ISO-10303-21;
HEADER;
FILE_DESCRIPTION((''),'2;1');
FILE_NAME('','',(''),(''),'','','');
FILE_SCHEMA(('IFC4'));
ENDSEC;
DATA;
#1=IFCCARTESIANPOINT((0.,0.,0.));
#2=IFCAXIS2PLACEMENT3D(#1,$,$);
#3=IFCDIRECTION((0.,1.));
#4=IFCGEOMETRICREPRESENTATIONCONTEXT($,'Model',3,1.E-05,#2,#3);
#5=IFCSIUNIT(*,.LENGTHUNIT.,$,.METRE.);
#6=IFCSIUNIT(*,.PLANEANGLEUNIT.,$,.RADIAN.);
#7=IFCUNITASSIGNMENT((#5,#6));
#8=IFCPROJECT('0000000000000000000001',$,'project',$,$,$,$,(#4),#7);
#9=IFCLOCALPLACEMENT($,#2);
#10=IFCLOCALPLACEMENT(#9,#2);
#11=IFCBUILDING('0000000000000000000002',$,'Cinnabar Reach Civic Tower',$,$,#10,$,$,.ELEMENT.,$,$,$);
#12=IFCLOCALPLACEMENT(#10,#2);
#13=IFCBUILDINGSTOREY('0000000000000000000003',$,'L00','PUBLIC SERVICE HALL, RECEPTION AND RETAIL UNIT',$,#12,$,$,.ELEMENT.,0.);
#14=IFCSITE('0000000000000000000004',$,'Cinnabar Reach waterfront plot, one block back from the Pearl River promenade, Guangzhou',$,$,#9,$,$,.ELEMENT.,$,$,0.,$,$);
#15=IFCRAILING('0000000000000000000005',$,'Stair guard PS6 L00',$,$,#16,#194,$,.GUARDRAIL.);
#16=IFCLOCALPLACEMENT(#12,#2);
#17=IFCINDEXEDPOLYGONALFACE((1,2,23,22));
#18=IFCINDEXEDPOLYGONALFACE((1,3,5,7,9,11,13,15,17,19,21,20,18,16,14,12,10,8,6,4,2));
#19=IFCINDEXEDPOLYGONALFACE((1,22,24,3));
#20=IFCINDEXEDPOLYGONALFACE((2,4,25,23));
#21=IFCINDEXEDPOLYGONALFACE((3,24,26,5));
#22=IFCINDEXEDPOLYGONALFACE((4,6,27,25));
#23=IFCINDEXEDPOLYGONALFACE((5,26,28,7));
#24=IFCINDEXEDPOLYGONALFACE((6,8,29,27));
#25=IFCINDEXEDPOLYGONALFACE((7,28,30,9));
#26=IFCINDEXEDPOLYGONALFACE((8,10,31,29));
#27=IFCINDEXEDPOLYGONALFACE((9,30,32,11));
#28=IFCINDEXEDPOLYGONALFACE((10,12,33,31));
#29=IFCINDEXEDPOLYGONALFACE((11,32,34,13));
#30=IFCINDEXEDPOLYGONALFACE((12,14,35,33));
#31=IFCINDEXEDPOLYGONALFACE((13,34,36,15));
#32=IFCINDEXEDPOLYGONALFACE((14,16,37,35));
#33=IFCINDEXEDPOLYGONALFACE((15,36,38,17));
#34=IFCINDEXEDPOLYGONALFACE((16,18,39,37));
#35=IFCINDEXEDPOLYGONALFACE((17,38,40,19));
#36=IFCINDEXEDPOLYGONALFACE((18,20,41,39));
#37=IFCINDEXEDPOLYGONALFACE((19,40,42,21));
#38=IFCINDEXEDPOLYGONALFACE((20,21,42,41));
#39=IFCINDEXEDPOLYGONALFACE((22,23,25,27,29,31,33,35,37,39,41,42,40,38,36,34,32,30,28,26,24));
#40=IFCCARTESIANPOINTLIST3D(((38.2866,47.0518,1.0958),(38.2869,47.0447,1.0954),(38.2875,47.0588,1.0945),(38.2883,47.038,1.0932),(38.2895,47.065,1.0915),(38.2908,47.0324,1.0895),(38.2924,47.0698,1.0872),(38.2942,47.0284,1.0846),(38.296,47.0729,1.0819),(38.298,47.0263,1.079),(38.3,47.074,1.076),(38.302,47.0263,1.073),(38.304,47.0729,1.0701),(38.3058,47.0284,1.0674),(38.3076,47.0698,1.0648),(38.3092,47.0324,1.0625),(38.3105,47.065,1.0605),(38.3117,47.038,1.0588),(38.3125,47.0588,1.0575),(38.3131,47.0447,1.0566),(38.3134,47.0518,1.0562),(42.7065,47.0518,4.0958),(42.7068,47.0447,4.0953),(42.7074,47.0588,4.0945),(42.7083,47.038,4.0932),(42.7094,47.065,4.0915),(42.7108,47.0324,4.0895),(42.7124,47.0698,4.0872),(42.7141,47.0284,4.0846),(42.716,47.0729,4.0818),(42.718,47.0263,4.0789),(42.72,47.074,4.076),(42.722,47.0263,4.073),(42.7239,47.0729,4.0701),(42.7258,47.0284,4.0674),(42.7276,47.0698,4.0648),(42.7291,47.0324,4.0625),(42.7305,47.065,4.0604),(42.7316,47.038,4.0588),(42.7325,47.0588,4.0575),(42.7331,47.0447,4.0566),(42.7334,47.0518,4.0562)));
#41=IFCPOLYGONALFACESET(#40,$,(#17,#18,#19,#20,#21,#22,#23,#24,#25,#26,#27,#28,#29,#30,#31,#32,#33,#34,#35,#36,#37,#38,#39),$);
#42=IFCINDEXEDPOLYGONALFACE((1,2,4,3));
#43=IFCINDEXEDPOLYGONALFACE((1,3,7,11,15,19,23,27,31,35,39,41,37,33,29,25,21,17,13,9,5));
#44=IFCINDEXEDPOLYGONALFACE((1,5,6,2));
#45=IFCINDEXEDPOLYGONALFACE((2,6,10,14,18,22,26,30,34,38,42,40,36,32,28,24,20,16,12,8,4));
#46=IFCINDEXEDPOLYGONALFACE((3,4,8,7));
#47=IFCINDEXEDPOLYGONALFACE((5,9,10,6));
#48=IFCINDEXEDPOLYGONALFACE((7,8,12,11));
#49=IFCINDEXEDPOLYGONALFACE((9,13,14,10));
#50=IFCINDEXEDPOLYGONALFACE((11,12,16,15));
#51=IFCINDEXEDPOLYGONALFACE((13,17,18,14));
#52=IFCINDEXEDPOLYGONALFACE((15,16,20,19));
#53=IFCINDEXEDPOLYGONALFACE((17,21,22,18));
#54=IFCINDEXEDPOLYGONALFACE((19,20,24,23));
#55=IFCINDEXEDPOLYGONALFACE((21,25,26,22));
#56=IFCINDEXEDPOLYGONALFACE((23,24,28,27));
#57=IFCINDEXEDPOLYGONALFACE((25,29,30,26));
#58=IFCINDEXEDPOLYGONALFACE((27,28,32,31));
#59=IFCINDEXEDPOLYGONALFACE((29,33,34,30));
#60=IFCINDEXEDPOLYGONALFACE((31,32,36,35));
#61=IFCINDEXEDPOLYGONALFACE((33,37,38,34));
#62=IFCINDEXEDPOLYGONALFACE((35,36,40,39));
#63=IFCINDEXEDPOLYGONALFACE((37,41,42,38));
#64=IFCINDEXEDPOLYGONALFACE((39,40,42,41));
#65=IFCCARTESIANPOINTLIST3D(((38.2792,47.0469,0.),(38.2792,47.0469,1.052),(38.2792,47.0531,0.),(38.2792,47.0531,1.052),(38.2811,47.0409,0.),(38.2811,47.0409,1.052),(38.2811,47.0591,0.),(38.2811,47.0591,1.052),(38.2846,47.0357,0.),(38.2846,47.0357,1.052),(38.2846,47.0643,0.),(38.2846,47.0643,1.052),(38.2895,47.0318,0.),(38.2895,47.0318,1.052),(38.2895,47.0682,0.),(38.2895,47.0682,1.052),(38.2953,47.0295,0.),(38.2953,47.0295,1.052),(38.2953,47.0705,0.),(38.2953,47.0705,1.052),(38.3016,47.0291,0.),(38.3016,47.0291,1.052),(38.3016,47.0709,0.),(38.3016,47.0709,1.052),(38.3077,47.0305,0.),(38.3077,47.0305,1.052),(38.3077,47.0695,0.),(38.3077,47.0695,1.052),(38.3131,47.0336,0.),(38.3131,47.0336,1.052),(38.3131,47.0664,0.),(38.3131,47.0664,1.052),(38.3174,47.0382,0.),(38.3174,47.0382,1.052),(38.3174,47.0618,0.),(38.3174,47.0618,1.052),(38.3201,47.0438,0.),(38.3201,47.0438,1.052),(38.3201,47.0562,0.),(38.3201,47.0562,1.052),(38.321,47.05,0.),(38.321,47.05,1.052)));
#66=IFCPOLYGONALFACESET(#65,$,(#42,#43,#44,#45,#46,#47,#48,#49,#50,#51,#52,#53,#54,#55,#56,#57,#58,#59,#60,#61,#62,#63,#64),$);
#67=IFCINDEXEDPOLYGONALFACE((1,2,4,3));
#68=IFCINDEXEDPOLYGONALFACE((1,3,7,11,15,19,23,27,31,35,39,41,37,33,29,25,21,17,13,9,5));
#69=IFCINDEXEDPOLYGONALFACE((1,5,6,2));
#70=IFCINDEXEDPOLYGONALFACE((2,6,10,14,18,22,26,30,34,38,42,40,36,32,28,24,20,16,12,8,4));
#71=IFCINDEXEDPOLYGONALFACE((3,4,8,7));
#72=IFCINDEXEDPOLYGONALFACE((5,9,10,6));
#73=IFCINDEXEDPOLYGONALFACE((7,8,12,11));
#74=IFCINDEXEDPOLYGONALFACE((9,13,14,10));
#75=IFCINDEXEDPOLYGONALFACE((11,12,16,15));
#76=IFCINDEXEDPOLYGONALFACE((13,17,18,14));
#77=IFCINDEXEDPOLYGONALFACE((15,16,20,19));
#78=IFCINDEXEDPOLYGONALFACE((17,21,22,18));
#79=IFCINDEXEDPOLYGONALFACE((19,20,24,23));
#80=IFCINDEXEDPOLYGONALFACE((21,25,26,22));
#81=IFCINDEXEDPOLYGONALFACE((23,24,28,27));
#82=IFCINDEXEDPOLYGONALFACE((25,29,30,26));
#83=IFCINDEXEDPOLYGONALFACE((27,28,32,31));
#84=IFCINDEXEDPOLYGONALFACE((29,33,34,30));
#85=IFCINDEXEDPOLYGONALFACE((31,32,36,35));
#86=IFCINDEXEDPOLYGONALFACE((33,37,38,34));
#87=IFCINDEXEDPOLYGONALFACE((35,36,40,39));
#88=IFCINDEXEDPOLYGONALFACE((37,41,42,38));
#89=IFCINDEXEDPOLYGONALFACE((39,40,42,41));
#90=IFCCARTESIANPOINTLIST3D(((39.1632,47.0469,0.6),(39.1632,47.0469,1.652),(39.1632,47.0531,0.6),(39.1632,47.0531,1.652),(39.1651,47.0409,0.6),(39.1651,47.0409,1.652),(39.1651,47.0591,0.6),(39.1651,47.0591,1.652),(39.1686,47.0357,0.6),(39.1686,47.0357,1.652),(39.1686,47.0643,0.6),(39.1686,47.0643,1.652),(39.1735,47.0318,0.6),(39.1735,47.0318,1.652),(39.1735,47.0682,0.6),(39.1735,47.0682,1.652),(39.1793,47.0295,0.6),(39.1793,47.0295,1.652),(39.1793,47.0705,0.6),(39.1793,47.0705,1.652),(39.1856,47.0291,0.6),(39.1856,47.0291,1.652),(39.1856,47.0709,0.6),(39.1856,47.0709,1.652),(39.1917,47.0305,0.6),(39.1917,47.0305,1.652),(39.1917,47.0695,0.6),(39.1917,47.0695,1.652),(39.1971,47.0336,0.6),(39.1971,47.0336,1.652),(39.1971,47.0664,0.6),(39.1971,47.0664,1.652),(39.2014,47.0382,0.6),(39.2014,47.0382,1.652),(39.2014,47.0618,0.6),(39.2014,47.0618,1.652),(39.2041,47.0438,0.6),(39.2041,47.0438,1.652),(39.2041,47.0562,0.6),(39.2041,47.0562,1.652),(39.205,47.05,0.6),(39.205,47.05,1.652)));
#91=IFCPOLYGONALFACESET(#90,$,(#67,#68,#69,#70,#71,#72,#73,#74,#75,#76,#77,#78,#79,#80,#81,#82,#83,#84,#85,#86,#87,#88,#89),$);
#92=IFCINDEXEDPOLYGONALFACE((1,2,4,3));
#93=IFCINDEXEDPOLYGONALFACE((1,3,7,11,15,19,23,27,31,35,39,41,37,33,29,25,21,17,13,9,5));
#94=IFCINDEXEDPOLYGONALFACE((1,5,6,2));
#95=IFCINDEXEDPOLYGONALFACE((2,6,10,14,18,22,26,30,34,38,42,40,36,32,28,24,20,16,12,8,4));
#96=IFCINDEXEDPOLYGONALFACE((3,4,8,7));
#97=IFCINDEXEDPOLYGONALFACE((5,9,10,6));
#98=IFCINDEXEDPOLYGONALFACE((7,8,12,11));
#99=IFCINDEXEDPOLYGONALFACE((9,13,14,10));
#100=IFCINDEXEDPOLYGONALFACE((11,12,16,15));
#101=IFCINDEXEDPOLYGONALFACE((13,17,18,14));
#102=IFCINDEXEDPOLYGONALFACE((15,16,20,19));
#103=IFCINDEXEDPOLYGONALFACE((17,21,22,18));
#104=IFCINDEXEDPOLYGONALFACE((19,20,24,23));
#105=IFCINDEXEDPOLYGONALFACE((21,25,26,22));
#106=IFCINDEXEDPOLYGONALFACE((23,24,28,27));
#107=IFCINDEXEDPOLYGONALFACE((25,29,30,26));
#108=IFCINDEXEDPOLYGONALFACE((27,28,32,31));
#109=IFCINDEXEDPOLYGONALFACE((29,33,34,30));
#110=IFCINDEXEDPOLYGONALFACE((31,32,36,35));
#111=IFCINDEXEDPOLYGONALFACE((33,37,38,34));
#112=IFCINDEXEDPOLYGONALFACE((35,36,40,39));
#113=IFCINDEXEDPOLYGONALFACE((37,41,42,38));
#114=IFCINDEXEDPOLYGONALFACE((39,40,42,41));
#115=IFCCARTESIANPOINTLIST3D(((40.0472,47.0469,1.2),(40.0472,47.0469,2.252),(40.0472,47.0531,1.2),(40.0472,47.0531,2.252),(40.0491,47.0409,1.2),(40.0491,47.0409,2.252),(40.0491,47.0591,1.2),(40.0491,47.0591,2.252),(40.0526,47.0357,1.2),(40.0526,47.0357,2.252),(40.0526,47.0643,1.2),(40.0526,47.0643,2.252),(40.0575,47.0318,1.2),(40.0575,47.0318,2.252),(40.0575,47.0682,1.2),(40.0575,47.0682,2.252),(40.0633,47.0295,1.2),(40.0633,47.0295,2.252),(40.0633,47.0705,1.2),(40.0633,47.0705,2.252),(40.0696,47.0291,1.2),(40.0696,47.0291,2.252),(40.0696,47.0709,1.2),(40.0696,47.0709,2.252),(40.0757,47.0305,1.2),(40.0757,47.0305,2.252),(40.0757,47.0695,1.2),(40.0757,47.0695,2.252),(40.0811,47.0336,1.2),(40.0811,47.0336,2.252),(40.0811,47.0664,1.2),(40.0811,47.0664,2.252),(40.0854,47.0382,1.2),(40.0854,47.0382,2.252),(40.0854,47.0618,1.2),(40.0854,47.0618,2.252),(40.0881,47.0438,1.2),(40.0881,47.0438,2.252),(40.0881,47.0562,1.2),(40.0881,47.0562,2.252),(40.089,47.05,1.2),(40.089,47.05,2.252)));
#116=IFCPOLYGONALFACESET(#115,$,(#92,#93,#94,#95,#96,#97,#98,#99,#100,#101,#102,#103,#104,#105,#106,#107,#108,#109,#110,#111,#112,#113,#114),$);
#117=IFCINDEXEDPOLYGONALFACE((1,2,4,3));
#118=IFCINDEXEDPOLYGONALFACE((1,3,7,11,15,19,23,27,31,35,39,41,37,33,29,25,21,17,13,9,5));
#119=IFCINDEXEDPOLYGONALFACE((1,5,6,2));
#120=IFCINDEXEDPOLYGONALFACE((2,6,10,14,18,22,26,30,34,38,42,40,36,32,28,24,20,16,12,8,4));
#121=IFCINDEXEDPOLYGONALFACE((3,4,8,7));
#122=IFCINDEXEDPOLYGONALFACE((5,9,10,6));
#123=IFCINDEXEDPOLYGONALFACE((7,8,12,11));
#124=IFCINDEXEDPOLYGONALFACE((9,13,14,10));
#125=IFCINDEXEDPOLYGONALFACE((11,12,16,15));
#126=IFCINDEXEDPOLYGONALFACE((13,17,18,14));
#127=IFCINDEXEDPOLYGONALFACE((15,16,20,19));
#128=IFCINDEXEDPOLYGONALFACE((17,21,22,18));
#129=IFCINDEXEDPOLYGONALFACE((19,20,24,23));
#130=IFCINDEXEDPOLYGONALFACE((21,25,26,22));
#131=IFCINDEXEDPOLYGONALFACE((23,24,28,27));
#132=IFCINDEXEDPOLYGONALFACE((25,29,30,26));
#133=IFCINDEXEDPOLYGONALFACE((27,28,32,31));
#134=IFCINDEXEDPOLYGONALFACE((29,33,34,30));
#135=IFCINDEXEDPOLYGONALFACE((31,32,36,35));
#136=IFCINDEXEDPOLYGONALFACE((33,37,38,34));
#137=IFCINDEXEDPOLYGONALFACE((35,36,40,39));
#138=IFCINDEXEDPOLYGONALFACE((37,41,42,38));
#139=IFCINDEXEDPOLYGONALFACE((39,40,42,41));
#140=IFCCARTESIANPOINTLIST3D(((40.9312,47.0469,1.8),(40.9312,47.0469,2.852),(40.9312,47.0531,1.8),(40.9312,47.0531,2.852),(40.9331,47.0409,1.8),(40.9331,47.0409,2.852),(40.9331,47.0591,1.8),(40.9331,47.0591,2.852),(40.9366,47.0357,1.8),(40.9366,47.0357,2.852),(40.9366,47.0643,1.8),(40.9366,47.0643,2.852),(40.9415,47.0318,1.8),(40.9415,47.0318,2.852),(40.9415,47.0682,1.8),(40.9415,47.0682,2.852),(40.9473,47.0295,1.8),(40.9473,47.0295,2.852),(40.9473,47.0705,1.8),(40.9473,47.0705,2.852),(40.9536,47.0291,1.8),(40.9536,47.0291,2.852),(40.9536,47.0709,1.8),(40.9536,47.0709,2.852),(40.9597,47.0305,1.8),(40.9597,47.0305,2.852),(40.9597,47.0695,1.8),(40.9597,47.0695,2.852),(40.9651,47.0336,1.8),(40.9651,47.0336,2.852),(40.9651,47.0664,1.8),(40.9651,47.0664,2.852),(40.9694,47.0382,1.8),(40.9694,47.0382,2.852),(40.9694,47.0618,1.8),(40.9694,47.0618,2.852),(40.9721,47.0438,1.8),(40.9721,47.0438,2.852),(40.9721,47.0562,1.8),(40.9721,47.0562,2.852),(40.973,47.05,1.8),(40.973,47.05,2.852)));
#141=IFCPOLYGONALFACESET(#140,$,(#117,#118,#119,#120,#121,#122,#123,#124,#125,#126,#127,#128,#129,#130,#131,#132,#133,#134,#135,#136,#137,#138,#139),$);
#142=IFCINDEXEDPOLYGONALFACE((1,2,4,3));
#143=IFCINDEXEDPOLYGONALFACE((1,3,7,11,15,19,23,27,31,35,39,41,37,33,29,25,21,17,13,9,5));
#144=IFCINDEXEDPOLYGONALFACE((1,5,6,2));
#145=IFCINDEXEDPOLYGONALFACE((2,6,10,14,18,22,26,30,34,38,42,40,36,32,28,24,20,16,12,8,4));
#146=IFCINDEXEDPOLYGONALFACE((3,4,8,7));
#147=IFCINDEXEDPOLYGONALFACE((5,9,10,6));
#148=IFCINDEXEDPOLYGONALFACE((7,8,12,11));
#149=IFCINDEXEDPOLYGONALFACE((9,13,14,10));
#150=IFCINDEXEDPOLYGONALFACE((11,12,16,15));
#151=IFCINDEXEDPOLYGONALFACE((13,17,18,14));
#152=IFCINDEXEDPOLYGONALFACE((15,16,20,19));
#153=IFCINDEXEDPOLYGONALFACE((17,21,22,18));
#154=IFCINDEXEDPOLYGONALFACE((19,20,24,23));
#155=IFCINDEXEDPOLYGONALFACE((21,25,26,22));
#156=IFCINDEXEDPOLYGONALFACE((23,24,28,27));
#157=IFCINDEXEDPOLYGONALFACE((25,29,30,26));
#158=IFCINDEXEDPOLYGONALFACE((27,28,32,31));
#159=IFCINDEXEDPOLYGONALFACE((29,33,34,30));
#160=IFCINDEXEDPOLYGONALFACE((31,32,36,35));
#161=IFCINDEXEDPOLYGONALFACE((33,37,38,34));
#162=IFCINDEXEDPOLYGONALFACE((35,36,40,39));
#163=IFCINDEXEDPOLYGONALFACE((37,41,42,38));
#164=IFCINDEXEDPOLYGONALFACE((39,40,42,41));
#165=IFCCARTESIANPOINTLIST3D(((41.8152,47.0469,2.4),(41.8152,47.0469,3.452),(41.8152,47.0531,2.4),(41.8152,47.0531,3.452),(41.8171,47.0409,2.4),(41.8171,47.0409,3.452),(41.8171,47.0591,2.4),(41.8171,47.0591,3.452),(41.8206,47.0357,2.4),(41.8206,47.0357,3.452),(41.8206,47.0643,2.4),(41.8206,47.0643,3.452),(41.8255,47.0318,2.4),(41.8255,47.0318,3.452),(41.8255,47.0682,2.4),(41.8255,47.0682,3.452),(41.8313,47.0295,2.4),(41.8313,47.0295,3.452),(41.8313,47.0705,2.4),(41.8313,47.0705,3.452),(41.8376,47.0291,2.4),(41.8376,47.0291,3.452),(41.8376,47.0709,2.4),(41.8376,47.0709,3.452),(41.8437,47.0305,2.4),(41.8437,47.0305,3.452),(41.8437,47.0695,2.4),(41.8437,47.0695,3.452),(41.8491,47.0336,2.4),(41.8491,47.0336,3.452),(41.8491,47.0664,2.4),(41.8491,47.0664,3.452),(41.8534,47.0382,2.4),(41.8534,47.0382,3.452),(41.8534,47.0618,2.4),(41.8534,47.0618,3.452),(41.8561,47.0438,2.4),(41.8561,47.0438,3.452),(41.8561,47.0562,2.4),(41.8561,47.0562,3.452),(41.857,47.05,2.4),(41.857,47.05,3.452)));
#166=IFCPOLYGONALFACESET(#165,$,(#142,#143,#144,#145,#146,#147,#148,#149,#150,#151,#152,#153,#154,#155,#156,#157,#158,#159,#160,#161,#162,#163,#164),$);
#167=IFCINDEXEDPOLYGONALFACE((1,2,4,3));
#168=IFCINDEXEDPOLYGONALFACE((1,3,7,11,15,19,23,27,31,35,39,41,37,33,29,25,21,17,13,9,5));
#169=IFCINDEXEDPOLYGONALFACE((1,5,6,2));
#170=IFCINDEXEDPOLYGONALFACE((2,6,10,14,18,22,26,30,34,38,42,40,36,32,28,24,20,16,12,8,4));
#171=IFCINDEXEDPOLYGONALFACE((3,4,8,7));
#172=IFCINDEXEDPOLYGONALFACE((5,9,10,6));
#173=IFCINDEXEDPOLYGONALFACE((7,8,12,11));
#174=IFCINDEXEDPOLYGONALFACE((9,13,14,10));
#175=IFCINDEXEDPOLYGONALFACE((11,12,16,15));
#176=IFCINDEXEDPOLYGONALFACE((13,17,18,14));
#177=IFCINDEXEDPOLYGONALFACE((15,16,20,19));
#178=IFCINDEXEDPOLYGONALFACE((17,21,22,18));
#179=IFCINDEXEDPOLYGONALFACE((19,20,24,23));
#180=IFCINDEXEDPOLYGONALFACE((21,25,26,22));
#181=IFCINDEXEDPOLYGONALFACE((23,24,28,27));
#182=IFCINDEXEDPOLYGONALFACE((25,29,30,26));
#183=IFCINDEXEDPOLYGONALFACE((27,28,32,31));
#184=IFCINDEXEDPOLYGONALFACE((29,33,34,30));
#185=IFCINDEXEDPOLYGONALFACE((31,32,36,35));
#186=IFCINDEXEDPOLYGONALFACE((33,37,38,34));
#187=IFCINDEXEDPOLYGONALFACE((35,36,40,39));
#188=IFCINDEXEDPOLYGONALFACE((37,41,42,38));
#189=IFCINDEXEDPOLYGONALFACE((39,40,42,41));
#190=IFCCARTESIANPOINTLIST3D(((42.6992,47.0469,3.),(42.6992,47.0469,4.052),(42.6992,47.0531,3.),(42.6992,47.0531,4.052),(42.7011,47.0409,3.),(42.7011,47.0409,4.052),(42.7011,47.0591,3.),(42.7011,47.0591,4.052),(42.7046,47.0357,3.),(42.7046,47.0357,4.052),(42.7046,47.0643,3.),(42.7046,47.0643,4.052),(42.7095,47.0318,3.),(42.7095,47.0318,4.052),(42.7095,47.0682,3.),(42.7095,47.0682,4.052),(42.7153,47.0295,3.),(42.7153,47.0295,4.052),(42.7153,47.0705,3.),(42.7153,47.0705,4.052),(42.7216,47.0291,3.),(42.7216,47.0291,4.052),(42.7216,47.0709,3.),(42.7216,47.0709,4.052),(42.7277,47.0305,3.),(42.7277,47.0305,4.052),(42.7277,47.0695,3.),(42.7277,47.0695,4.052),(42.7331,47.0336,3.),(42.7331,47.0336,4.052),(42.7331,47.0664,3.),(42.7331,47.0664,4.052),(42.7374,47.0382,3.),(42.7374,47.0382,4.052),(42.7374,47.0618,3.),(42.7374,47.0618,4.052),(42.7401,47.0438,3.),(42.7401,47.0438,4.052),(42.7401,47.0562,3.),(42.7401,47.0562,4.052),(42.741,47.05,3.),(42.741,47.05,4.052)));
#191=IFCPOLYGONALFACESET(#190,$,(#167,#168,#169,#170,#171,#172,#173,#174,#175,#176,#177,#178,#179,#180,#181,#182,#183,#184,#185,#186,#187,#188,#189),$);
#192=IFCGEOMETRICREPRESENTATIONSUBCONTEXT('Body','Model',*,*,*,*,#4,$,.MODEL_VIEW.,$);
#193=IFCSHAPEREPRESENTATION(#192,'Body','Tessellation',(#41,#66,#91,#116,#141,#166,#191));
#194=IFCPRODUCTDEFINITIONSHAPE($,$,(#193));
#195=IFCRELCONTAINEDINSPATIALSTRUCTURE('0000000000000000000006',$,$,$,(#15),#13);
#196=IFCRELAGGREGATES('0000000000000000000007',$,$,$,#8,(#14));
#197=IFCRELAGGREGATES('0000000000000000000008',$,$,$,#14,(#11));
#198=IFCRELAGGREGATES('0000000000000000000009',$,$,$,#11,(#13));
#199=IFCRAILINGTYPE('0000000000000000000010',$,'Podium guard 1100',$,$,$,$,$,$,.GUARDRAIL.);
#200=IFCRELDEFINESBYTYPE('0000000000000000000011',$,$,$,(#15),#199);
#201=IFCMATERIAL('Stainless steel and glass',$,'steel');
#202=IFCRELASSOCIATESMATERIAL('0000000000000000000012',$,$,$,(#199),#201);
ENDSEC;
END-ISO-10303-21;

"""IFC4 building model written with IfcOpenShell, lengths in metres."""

from ifc_helpers import new_model, si_unit, direction, frame, origin, origin_2d, place, context, subcontext, project, spatial, circle, extrude, material, type_object, element, save


model = new_model("IFC4")

# Units and contexts
model_context = context("Model", 3, precision=1e-05, world=origin(), true_north=direction((0.0, 1.0)))
body_context = subcontext(model_context, "Body", "Model", "MODEL_VIEW")
ifc_project = project(units=[si_unit("LENGTHUNIT", "METRE"), si_unit("PLANEANGLEUNIT", "RADIAN")], contexts=[model_context])

# Site, building, storey
site_placement = place(None, origin())
site = spatial("IfcSite", under=ifc_project, at=site_placement, Name="Cinnabar Reach waterfront plot, one block back from the Pearl River promenade, Guangzhou", CompositionType="ELEMENT", RefElevation=0.0)
building_placement = place(site_placement, origin())
building = spatial("IfcBuilding", under=site, at=building_placement, Name="Cinnabar Reach Civic Tower", CompositionType="ELEMENT")
storey_placement = place(building_placement, origin())
storey = spatial("IfcBuildingStorey", under=building, at=storey_placement, Name="L00", Description="PUBLIC SERVICE HALL, RECEPTION AND RETAIL UNIT", CompositionType="ELEMENT", Elevation=0.0)

# Railing
ifc_material_1 = material(Name="Stainless steel and glass", Category="steel")
railing_type = type_object("IfcRailingType", Name="Podium guard 1100", PredefinedType="GUARDRAIL", material=ifc_material_1)
railing_1_placement = place(storey_placement, frame((38.3, 47.05, 0.0)))
element("IfcRailing", 1, at=railing_1_placement, inside=storey, type_object=railing_type, Name="Stair guard PS6 L00", PredefinedType="GUARDRAIL", context=body_context, shape_type="SweptSolid", body=[
    extrude(circle(Radius=0.024, at=origin_2d()), frame((0.0, 0.0, 1.076), z_axis=(0.827414, 0.0, 0.561593), x_axis=(0.0, 1.0, 0.0)), (0.0, 0.0, 1.0), 5.3419),
    extrude(circle(Radius=0.021, at=origin_2d()), origin(), (0.0, 0.0, 1.0), 1.052),
    extrude(circle(Radius=0.021, at=origin_2d()), frame((0.884, 0.0, 0.6)), (0.0, 0.0, 1.0), 1.052),
    extrude(circle(Radius=0.021, at=origin_2d()), frame((1.768, 0.0, 1.2)), (0.0, 0.0, 1.0), 1.052),
    extrude(circle(Radius=0.021, at=origin_2d()), frame((2.652, 0.0, 1.8)), (0.0, 0.0, 1.0), 1.052),
    extrude(circle(Radius=0.021, at=origin_2d()), frame((3.536, 0.0, 2.4)), (0.0, 0.0, 1.0), 1.052),
    extrude(circle(Radius=0.021, at=origin_2d()), frame((4.42, 0.0, 3.0)), (0.0, 0.0, 1.0), 1.052),
])

save(model, "model.ifc")
